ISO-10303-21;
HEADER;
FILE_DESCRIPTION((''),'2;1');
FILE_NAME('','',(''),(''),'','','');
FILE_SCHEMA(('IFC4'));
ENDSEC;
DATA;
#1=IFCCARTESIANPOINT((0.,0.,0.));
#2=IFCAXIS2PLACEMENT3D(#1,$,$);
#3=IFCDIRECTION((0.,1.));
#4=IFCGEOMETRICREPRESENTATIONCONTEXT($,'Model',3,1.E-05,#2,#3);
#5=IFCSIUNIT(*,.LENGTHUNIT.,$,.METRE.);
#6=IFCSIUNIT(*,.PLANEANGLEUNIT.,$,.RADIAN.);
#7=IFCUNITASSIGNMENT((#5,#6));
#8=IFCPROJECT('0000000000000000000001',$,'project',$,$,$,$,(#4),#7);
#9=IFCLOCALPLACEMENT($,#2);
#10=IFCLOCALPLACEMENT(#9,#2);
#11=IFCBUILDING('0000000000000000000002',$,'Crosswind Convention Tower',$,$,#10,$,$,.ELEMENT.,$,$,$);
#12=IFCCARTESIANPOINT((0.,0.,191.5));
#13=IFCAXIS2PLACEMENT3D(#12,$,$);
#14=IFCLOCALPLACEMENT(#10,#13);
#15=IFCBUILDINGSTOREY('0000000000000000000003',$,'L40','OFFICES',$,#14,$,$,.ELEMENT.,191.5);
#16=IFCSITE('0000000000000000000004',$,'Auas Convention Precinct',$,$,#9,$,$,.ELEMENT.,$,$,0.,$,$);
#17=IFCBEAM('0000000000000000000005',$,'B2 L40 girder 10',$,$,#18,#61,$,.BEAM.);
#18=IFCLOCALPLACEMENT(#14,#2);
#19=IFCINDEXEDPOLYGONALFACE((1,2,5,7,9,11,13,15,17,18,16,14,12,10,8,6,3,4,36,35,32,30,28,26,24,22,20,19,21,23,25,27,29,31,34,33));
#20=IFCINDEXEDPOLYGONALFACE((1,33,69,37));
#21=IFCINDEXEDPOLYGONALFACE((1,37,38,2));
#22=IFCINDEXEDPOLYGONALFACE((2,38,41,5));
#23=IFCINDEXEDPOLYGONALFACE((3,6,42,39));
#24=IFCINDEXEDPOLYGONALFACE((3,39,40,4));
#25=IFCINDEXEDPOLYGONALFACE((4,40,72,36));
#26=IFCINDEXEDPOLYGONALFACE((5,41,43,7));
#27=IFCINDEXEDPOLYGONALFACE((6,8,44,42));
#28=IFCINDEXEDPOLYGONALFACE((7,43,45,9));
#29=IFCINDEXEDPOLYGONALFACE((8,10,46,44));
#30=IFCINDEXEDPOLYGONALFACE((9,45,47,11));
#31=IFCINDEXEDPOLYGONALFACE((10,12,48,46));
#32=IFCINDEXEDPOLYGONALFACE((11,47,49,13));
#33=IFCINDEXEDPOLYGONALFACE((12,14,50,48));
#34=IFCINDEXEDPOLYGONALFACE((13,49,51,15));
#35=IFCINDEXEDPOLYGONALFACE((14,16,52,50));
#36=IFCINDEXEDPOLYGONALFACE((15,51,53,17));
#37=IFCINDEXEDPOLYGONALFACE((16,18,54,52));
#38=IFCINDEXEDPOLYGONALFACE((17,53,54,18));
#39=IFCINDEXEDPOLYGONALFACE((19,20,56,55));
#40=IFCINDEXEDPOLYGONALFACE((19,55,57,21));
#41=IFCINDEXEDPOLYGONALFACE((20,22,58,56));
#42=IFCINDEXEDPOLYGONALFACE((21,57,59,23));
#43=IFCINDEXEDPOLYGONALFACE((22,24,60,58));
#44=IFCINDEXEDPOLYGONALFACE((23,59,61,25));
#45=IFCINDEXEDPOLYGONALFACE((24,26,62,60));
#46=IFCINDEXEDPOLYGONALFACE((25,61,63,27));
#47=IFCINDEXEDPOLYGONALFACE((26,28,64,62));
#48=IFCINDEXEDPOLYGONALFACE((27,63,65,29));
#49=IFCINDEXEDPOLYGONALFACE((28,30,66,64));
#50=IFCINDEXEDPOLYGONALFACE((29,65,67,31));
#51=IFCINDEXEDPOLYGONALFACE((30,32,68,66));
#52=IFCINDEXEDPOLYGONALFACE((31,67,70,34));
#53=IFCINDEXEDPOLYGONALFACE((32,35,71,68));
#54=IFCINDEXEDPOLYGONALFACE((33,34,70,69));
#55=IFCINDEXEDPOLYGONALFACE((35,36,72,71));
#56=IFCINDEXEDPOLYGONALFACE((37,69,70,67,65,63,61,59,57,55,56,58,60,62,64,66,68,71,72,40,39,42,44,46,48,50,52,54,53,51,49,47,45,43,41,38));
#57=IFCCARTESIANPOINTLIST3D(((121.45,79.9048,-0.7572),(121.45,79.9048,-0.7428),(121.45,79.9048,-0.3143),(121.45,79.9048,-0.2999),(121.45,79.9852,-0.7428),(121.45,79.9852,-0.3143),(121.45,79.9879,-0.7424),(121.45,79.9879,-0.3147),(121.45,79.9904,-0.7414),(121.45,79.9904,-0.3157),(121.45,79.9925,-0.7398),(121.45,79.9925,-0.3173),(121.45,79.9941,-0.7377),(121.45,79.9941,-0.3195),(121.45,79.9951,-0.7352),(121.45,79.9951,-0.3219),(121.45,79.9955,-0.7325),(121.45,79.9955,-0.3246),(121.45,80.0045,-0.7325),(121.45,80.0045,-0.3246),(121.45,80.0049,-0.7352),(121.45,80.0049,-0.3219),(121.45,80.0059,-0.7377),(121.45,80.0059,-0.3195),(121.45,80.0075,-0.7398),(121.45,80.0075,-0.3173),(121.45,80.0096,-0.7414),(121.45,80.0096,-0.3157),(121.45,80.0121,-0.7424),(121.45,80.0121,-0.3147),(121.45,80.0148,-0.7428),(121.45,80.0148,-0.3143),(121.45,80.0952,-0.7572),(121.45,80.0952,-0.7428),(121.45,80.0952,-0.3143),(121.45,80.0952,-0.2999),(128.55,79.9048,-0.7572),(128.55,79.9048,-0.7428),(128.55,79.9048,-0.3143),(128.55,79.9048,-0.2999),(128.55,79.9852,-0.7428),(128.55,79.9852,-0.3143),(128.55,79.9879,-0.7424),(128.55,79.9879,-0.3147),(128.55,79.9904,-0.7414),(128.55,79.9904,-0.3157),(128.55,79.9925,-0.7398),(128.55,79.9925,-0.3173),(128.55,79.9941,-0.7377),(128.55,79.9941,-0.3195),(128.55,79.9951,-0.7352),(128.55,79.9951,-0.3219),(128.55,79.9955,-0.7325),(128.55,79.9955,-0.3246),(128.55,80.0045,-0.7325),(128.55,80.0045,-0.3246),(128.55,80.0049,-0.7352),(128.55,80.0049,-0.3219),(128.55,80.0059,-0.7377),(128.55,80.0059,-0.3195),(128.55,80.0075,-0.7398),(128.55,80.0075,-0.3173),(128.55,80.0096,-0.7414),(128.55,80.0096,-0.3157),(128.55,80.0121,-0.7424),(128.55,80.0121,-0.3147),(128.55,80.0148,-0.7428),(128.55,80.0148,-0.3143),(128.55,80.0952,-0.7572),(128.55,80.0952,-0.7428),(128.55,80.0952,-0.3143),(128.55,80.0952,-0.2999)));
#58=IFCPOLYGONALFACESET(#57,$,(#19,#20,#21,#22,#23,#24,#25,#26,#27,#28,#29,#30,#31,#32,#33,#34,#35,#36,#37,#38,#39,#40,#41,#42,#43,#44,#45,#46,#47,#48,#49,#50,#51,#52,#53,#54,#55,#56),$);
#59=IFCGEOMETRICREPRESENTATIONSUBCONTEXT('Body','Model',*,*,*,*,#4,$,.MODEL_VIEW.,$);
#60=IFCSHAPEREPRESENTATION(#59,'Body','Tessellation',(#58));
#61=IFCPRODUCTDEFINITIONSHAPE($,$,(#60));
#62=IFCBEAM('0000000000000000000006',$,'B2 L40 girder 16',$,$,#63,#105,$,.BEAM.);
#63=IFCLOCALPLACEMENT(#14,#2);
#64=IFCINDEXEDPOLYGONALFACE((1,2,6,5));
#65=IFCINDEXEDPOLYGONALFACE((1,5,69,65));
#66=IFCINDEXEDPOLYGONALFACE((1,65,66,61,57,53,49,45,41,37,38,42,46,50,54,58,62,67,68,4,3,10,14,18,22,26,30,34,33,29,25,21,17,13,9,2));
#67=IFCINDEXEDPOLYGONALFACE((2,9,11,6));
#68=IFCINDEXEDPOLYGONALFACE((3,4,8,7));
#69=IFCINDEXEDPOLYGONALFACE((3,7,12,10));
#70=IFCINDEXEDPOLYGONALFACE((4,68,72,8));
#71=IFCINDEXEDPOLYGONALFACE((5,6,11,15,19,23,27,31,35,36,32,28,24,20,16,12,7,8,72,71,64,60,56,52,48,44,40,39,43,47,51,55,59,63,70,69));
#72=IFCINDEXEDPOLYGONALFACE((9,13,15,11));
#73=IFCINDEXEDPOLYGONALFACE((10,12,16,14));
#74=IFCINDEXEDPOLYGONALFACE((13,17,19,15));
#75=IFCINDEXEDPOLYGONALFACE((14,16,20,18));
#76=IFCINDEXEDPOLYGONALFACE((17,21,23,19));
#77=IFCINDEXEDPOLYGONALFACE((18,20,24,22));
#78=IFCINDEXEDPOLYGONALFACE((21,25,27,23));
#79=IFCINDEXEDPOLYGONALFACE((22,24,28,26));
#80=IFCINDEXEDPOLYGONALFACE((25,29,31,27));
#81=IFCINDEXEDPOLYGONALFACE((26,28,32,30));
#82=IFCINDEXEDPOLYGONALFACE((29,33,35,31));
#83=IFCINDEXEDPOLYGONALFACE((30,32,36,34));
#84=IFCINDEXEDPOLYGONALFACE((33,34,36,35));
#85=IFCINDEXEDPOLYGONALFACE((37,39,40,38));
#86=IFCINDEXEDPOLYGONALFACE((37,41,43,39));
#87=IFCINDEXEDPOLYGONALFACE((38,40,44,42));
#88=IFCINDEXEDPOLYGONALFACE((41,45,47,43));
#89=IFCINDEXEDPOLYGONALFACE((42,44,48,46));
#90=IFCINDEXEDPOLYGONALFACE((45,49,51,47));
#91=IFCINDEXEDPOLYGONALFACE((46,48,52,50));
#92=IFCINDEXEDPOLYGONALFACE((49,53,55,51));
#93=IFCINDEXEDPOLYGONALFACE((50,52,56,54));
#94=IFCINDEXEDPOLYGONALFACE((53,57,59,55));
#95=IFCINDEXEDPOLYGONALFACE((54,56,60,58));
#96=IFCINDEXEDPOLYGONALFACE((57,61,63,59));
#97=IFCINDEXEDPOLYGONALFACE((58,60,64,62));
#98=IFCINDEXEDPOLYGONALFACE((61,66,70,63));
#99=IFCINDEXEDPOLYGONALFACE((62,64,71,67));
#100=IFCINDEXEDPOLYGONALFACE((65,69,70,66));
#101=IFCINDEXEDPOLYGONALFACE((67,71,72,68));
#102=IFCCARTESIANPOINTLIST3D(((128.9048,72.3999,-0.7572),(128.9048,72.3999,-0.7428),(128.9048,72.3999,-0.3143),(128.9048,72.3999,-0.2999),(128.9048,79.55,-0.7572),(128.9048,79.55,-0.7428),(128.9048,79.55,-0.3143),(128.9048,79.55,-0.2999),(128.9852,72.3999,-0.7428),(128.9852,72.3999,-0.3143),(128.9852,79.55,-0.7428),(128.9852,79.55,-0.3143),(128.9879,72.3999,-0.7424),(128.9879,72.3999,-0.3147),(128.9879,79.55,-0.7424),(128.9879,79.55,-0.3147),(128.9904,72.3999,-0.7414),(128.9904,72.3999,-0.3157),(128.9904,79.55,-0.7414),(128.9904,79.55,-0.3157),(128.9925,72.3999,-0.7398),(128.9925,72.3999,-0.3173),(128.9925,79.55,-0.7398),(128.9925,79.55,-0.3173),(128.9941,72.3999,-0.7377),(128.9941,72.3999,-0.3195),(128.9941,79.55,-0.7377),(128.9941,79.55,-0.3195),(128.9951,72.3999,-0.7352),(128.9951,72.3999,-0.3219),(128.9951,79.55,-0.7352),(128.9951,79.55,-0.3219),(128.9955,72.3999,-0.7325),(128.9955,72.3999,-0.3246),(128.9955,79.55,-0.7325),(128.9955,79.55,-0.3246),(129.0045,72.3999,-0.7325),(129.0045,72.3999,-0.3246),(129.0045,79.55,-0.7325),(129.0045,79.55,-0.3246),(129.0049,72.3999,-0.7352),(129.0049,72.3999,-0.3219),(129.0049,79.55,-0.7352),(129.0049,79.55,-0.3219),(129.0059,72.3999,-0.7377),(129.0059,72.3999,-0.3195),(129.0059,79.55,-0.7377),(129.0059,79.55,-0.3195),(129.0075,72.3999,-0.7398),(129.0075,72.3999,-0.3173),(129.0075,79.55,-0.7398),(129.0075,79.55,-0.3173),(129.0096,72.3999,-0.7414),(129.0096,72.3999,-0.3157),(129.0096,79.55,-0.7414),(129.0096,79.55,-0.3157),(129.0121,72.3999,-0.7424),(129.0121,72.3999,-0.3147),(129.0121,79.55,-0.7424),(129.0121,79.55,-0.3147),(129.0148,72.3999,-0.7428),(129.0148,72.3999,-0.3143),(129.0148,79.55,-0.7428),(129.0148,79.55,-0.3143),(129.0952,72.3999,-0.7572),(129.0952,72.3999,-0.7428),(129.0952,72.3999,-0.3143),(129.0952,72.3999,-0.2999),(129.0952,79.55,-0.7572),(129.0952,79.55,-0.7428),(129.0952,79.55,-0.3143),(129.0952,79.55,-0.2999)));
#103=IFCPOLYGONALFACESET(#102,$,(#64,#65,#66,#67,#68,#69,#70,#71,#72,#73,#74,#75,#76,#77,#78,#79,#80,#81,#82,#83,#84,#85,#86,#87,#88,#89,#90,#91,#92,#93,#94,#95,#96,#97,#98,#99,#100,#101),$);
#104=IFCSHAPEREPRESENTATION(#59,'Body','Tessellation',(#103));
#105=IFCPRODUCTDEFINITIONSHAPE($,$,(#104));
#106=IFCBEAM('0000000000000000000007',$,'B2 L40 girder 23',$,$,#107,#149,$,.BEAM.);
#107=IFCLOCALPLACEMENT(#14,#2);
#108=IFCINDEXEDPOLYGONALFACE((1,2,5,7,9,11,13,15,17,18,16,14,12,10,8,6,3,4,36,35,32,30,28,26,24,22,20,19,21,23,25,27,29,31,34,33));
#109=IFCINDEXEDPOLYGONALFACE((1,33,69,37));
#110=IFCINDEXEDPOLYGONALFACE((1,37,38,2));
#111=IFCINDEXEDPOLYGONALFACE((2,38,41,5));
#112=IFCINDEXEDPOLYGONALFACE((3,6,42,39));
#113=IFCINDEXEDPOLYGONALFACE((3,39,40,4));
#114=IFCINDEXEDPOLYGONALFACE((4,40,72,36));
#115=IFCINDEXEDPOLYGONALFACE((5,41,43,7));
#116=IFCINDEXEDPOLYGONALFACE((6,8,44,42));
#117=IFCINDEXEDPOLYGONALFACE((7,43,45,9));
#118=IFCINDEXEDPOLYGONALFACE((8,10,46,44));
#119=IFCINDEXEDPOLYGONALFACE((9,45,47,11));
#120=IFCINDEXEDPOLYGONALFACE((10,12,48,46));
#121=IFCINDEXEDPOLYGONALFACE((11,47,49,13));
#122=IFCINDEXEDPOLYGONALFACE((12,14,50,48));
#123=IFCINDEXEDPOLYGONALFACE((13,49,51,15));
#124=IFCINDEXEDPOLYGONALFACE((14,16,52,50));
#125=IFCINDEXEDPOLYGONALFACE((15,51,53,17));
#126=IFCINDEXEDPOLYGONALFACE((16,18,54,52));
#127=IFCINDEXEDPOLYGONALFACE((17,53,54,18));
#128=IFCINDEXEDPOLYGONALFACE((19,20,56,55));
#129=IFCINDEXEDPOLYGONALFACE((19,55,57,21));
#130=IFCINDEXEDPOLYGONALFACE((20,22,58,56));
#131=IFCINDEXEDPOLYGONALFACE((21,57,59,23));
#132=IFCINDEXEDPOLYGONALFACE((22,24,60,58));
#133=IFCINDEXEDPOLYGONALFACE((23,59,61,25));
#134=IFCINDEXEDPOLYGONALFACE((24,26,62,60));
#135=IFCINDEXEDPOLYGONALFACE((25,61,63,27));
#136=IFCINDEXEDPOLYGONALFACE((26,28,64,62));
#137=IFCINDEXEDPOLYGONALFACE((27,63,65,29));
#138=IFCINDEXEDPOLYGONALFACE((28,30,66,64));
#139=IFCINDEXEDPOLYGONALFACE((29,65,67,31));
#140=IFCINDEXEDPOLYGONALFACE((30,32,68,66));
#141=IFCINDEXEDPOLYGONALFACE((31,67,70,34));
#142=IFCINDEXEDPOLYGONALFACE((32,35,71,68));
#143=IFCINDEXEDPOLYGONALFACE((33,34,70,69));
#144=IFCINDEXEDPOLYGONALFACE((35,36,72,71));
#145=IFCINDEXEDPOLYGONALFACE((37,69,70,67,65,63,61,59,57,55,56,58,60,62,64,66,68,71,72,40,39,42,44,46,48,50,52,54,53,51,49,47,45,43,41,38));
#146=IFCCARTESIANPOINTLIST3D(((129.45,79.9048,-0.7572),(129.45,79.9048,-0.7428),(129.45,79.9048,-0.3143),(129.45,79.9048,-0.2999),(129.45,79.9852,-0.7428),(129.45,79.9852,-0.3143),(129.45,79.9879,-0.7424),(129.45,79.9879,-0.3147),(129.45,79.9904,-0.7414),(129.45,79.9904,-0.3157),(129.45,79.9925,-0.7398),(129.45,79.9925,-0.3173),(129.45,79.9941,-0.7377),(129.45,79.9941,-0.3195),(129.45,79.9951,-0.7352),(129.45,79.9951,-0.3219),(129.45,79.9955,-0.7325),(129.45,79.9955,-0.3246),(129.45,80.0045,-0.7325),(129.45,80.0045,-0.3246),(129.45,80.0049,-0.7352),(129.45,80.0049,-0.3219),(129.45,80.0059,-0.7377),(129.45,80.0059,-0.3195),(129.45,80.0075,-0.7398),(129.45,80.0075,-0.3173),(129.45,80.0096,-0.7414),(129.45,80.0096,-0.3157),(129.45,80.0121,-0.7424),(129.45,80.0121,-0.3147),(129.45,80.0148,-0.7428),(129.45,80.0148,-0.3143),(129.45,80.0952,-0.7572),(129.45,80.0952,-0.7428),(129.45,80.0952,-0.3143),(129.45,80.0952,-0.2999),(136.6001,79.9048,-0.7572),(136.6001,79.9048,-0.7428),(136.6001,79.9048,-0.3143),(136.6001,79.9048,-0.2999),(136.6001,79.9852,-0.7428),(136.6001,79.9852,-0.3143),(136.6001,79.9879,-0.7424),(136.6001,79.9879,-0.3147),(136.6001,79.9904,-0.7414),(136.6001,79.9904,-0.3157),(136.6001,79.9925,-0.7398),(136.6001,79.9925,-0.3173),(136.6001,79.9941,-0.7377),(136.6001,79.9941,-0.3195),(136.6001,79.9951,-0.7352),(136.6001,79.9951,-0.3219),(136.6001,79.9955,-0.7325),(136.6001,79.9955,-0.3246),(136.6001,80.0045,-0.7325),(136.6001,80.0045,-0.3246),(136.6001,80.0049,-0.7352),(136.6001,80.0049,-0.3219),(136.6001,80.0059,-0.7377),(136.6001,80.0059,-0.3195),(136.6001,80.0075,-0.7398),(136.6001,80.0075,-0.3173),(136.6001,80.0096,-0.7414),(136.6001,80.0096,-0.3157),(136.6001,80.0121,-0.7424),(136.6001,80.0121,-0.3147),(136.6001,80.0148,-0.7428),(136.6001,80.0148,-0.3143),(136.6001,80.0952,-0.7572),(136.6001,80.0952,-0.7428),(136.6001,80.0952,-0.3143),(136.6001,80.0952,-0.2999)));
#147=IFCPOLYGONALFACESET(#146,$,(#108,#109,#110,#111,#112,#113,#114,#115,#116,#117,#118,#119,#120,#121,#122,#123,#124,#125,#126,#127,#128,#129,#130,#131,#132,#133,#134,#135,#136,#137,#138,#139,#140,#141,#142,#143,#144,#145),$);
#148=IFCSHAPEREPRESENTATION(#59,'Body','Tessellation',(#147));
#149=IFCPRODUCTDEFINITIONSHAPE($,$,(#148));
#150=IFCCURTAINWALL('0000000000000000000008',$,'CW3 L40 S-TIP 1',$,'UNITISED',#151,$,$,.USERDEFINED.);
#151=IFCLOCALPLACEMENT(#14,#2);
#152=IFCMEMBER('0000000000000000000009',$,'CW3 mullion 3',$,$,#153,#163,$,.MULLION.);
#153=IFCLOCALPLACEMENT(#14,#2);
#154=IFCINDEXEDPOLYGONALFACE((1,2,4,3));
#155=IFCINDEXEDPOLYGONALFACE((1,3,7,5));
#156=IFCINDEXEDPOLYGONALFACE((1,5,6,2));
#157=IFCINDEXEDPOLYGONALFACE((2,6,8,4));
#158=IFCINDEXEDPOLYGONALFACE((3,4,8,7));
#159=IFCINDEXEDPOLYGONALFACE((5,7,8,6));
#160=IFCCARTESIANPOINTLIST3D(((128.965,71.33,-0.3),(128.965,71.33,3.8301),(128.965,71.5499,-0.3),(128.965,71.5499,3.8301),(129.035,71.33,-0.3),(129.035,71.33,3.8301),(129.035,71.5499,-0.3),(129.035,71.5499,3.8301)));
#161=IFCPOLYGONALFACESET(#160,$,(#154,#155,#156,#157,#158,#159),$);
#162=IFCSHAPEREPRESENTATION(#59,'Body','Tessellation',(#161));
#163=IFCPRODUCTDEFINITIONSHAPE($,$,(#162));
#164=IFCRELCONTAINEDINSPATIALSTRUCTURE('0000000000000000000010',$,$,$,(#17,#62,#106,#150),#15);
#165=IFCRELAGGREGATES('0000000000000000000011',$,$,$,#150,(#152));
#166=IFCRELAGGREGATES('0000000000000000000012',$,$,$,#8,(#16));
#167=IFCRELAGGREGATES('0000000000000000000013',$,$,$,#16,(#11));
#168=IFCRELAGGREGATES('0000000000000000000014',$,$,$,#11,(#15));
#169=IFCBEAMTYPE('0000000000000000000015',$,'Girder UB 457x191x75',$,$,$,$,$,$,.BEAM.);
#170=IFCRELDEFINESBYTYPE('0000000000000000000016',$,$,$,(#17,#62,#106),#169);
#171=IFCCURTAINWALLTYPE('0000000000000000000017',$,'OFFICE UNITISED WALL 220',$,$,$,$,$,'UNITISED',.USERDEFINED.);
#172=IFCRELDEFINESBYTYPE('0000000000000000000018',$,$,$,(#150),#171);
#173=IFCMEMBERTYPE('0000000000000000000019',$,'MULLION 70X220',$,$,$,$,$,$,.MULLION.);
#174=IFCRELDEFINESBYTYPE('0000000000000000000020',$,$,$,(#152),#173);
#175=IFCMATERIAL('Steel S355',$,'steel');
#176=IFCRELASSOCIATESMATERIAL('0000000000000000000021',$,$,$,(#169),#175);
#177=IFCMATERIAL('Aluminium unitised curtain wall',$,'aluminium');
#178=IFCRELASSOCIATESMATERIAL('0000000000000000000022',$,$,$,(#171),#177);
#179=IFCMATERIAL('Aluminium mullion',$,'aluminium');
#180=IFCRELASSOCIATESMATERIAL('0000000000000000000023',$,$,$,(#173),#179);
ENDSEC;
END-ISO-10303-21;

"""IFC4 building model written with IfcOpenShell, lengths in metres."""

from ifc_helpers import new_model, si_unit, direction, frame, origin, origin_2d, place, context, subcontext, project, spatial, rectangle, i_section, extrude, material, material_profile, profile_set, type_object, element, aggregate, save


model = new_model("IFC4")

# Units and contexts
model_context = context("Model", 3, precision=1e-05, world=origin(), true_north=direction((0.0, 1.0)))
body_context = subcontext(model_context, "Body", "Model", "MODEL_VIEW")
ifc_project = project(units=[si_unit("LENGTHUNIT", "METRE"), si_unit("PLANEANGLEUNIT", "RADIAN")], contexts=[model_context])

# Site, building, storey
site_placement = place(None, origin())
site = spatial("IfcSite", under=ifc_project, at=site_placement, Name="Auas Convention Precinct", CompositionType="ELEMENT", RefElevation=0.0)
building_placement = place(site_placement, origin())
building = spatial("IfcBuilding", under=site, at=building_placement, Name="Crosswind Convention Tower", CompositionType="ELEMENT")
storey_placement = place(building_placement, frame((0.0, 0.0, 191.5)))
storey = spatial("IfcBuildingStorey", under=building, at=storey_placement, Name="L40", Description="OFFICES", CompositionType="ELEMENT", Elevation=191.5)

# Beams
ifc_material_1 = material(Name="Steel S355", Category="steel")
ifc_material_profile_1 = material_profile(ifc_material_1, i_section(OverallWidth=0.1904, OverallDepth=0.4573, WebThickness=0.009, FlangeThickness=0.0144, FilletRadius=0.0103, at=origin_2d()), Name="UB 457x191x75")
ifc_profile_set_1 = profile_set([ifc_material_profile_1], Name="Steel S355")
beam_type_1 = type_object("IfcBeamType", Name="Girder UB 457x191x75", PredefinedType="BEAM", material=ifc_profile_set_1)
beam_1_placement = place(storey_placement, frame((121.45, 80.0, -0.5286), z_axis=(1.0, 0.0, 0.0), x_axis=(0.0, 1.0, 0.0)))
element("IfcBeam", 1, at=beam_1_placement, inside=storey, type_object=beam_type_1, Name="B2 L40 girder 10", PredefinedType="BEAM", context=body_context, shape_type="SweptSolid", body=[
    extrude(i_section(OverallWidth=0.1904, OverallDepth=0.4573, WebThickness=0.009, FlangeThickness=0.0144, FilletRadius=0.0103, at=origin_2d()), origin(), (0.0, 0.0, 1.0), 7.1001),
])
for number, where, z_axis, x_axis, name in (
    (2, (129.0, 72.3999, -0.5286), (0.0, 1.0, 0.0), (-1.0, 0.0, 0.0), "B2 L40 girder 16"),
    (3, (129.45, 80.0, -0.5286), (1.0, 0.0, 0.0), (0.0, 1.0, 0.0), "B2 L40 girder 23"),
):
    element("IfcBeam", number, at=place(storey_placement, frame(where, z_axis=z_axis, x_axis=x_axis)), inside=storey, type_object=beam_type_1, Name=name, PredefinedType="BEAM", context=body_context, shape_type="SweptSolid", body=[
        extrude(i_section(OverallWidth=0.1904, OverallDepth=0.4573, WebThickness=0.009, FlangeThickness=0.0144, FilletRadius=0.0103, at=origin_2d()), origin(), (0.0, 0.0, 1.0), 7.1501),
    ])

# Curtain wall, member
ifc_material_2 = material(Name="Aluminium unitised curtain wall", Category="aluminium")
curtain_wall_type = type_object("IfcCurtainWallType", Name="OFFICE UNITISED WALL 220", ElementType="UNITISED", PredefinedType="USERDEFINED", material=ifc_material_2)
curtain_wall_placement = place(storey_placement, origin())
curtain_wall = element("IfcCurtainWall", 4, at=curtain_wall_placement, inside=storey, type_object=curtain_wall_type, Name="CW3 L40 S-TIP 1", ObjectType="UNITISED", PredefinedType="USERDEFINED")
ifc_material_3 = material(Name="Aluminium mullion", Category="aluminium")
ifc_material_profile_2 = material_profile(ifc_material_3, rectangle(XDim=0.22, YDim=0.0701, at=origin_2d()), Name="AL 220X70")
ifc_profile_set_2 = profile_set([ifc_material_profile_2], Name="Aluminium mullion")
member_type = type_object("IfcMemberType", Name="MULLION 70X220", PredefinedType="MULLION", material=ifc_profile_set_2)
member_placement = place(storey_placement, frame((129.0, 71.4399, -0.3), z_axis=(0.0, 0.0, 1.0), x_axis=(0.0, -1.0, 0.0)))
member = element("IfcMember", 5, at=member_placement, type_object=member_type, Name="CW3 mullion 3", PredefinedType="MULLION", context=body_context, shape_type="SweptSolid", body=[
    extrude(rectangle(XDim=0.22, YDim=0.0701, at=origin_2d()), origin(), (0.0, 0.0, 1.0), 4.1301),
])

aggregate(curtain_wall, [member])

save(model, "model.ifc")
